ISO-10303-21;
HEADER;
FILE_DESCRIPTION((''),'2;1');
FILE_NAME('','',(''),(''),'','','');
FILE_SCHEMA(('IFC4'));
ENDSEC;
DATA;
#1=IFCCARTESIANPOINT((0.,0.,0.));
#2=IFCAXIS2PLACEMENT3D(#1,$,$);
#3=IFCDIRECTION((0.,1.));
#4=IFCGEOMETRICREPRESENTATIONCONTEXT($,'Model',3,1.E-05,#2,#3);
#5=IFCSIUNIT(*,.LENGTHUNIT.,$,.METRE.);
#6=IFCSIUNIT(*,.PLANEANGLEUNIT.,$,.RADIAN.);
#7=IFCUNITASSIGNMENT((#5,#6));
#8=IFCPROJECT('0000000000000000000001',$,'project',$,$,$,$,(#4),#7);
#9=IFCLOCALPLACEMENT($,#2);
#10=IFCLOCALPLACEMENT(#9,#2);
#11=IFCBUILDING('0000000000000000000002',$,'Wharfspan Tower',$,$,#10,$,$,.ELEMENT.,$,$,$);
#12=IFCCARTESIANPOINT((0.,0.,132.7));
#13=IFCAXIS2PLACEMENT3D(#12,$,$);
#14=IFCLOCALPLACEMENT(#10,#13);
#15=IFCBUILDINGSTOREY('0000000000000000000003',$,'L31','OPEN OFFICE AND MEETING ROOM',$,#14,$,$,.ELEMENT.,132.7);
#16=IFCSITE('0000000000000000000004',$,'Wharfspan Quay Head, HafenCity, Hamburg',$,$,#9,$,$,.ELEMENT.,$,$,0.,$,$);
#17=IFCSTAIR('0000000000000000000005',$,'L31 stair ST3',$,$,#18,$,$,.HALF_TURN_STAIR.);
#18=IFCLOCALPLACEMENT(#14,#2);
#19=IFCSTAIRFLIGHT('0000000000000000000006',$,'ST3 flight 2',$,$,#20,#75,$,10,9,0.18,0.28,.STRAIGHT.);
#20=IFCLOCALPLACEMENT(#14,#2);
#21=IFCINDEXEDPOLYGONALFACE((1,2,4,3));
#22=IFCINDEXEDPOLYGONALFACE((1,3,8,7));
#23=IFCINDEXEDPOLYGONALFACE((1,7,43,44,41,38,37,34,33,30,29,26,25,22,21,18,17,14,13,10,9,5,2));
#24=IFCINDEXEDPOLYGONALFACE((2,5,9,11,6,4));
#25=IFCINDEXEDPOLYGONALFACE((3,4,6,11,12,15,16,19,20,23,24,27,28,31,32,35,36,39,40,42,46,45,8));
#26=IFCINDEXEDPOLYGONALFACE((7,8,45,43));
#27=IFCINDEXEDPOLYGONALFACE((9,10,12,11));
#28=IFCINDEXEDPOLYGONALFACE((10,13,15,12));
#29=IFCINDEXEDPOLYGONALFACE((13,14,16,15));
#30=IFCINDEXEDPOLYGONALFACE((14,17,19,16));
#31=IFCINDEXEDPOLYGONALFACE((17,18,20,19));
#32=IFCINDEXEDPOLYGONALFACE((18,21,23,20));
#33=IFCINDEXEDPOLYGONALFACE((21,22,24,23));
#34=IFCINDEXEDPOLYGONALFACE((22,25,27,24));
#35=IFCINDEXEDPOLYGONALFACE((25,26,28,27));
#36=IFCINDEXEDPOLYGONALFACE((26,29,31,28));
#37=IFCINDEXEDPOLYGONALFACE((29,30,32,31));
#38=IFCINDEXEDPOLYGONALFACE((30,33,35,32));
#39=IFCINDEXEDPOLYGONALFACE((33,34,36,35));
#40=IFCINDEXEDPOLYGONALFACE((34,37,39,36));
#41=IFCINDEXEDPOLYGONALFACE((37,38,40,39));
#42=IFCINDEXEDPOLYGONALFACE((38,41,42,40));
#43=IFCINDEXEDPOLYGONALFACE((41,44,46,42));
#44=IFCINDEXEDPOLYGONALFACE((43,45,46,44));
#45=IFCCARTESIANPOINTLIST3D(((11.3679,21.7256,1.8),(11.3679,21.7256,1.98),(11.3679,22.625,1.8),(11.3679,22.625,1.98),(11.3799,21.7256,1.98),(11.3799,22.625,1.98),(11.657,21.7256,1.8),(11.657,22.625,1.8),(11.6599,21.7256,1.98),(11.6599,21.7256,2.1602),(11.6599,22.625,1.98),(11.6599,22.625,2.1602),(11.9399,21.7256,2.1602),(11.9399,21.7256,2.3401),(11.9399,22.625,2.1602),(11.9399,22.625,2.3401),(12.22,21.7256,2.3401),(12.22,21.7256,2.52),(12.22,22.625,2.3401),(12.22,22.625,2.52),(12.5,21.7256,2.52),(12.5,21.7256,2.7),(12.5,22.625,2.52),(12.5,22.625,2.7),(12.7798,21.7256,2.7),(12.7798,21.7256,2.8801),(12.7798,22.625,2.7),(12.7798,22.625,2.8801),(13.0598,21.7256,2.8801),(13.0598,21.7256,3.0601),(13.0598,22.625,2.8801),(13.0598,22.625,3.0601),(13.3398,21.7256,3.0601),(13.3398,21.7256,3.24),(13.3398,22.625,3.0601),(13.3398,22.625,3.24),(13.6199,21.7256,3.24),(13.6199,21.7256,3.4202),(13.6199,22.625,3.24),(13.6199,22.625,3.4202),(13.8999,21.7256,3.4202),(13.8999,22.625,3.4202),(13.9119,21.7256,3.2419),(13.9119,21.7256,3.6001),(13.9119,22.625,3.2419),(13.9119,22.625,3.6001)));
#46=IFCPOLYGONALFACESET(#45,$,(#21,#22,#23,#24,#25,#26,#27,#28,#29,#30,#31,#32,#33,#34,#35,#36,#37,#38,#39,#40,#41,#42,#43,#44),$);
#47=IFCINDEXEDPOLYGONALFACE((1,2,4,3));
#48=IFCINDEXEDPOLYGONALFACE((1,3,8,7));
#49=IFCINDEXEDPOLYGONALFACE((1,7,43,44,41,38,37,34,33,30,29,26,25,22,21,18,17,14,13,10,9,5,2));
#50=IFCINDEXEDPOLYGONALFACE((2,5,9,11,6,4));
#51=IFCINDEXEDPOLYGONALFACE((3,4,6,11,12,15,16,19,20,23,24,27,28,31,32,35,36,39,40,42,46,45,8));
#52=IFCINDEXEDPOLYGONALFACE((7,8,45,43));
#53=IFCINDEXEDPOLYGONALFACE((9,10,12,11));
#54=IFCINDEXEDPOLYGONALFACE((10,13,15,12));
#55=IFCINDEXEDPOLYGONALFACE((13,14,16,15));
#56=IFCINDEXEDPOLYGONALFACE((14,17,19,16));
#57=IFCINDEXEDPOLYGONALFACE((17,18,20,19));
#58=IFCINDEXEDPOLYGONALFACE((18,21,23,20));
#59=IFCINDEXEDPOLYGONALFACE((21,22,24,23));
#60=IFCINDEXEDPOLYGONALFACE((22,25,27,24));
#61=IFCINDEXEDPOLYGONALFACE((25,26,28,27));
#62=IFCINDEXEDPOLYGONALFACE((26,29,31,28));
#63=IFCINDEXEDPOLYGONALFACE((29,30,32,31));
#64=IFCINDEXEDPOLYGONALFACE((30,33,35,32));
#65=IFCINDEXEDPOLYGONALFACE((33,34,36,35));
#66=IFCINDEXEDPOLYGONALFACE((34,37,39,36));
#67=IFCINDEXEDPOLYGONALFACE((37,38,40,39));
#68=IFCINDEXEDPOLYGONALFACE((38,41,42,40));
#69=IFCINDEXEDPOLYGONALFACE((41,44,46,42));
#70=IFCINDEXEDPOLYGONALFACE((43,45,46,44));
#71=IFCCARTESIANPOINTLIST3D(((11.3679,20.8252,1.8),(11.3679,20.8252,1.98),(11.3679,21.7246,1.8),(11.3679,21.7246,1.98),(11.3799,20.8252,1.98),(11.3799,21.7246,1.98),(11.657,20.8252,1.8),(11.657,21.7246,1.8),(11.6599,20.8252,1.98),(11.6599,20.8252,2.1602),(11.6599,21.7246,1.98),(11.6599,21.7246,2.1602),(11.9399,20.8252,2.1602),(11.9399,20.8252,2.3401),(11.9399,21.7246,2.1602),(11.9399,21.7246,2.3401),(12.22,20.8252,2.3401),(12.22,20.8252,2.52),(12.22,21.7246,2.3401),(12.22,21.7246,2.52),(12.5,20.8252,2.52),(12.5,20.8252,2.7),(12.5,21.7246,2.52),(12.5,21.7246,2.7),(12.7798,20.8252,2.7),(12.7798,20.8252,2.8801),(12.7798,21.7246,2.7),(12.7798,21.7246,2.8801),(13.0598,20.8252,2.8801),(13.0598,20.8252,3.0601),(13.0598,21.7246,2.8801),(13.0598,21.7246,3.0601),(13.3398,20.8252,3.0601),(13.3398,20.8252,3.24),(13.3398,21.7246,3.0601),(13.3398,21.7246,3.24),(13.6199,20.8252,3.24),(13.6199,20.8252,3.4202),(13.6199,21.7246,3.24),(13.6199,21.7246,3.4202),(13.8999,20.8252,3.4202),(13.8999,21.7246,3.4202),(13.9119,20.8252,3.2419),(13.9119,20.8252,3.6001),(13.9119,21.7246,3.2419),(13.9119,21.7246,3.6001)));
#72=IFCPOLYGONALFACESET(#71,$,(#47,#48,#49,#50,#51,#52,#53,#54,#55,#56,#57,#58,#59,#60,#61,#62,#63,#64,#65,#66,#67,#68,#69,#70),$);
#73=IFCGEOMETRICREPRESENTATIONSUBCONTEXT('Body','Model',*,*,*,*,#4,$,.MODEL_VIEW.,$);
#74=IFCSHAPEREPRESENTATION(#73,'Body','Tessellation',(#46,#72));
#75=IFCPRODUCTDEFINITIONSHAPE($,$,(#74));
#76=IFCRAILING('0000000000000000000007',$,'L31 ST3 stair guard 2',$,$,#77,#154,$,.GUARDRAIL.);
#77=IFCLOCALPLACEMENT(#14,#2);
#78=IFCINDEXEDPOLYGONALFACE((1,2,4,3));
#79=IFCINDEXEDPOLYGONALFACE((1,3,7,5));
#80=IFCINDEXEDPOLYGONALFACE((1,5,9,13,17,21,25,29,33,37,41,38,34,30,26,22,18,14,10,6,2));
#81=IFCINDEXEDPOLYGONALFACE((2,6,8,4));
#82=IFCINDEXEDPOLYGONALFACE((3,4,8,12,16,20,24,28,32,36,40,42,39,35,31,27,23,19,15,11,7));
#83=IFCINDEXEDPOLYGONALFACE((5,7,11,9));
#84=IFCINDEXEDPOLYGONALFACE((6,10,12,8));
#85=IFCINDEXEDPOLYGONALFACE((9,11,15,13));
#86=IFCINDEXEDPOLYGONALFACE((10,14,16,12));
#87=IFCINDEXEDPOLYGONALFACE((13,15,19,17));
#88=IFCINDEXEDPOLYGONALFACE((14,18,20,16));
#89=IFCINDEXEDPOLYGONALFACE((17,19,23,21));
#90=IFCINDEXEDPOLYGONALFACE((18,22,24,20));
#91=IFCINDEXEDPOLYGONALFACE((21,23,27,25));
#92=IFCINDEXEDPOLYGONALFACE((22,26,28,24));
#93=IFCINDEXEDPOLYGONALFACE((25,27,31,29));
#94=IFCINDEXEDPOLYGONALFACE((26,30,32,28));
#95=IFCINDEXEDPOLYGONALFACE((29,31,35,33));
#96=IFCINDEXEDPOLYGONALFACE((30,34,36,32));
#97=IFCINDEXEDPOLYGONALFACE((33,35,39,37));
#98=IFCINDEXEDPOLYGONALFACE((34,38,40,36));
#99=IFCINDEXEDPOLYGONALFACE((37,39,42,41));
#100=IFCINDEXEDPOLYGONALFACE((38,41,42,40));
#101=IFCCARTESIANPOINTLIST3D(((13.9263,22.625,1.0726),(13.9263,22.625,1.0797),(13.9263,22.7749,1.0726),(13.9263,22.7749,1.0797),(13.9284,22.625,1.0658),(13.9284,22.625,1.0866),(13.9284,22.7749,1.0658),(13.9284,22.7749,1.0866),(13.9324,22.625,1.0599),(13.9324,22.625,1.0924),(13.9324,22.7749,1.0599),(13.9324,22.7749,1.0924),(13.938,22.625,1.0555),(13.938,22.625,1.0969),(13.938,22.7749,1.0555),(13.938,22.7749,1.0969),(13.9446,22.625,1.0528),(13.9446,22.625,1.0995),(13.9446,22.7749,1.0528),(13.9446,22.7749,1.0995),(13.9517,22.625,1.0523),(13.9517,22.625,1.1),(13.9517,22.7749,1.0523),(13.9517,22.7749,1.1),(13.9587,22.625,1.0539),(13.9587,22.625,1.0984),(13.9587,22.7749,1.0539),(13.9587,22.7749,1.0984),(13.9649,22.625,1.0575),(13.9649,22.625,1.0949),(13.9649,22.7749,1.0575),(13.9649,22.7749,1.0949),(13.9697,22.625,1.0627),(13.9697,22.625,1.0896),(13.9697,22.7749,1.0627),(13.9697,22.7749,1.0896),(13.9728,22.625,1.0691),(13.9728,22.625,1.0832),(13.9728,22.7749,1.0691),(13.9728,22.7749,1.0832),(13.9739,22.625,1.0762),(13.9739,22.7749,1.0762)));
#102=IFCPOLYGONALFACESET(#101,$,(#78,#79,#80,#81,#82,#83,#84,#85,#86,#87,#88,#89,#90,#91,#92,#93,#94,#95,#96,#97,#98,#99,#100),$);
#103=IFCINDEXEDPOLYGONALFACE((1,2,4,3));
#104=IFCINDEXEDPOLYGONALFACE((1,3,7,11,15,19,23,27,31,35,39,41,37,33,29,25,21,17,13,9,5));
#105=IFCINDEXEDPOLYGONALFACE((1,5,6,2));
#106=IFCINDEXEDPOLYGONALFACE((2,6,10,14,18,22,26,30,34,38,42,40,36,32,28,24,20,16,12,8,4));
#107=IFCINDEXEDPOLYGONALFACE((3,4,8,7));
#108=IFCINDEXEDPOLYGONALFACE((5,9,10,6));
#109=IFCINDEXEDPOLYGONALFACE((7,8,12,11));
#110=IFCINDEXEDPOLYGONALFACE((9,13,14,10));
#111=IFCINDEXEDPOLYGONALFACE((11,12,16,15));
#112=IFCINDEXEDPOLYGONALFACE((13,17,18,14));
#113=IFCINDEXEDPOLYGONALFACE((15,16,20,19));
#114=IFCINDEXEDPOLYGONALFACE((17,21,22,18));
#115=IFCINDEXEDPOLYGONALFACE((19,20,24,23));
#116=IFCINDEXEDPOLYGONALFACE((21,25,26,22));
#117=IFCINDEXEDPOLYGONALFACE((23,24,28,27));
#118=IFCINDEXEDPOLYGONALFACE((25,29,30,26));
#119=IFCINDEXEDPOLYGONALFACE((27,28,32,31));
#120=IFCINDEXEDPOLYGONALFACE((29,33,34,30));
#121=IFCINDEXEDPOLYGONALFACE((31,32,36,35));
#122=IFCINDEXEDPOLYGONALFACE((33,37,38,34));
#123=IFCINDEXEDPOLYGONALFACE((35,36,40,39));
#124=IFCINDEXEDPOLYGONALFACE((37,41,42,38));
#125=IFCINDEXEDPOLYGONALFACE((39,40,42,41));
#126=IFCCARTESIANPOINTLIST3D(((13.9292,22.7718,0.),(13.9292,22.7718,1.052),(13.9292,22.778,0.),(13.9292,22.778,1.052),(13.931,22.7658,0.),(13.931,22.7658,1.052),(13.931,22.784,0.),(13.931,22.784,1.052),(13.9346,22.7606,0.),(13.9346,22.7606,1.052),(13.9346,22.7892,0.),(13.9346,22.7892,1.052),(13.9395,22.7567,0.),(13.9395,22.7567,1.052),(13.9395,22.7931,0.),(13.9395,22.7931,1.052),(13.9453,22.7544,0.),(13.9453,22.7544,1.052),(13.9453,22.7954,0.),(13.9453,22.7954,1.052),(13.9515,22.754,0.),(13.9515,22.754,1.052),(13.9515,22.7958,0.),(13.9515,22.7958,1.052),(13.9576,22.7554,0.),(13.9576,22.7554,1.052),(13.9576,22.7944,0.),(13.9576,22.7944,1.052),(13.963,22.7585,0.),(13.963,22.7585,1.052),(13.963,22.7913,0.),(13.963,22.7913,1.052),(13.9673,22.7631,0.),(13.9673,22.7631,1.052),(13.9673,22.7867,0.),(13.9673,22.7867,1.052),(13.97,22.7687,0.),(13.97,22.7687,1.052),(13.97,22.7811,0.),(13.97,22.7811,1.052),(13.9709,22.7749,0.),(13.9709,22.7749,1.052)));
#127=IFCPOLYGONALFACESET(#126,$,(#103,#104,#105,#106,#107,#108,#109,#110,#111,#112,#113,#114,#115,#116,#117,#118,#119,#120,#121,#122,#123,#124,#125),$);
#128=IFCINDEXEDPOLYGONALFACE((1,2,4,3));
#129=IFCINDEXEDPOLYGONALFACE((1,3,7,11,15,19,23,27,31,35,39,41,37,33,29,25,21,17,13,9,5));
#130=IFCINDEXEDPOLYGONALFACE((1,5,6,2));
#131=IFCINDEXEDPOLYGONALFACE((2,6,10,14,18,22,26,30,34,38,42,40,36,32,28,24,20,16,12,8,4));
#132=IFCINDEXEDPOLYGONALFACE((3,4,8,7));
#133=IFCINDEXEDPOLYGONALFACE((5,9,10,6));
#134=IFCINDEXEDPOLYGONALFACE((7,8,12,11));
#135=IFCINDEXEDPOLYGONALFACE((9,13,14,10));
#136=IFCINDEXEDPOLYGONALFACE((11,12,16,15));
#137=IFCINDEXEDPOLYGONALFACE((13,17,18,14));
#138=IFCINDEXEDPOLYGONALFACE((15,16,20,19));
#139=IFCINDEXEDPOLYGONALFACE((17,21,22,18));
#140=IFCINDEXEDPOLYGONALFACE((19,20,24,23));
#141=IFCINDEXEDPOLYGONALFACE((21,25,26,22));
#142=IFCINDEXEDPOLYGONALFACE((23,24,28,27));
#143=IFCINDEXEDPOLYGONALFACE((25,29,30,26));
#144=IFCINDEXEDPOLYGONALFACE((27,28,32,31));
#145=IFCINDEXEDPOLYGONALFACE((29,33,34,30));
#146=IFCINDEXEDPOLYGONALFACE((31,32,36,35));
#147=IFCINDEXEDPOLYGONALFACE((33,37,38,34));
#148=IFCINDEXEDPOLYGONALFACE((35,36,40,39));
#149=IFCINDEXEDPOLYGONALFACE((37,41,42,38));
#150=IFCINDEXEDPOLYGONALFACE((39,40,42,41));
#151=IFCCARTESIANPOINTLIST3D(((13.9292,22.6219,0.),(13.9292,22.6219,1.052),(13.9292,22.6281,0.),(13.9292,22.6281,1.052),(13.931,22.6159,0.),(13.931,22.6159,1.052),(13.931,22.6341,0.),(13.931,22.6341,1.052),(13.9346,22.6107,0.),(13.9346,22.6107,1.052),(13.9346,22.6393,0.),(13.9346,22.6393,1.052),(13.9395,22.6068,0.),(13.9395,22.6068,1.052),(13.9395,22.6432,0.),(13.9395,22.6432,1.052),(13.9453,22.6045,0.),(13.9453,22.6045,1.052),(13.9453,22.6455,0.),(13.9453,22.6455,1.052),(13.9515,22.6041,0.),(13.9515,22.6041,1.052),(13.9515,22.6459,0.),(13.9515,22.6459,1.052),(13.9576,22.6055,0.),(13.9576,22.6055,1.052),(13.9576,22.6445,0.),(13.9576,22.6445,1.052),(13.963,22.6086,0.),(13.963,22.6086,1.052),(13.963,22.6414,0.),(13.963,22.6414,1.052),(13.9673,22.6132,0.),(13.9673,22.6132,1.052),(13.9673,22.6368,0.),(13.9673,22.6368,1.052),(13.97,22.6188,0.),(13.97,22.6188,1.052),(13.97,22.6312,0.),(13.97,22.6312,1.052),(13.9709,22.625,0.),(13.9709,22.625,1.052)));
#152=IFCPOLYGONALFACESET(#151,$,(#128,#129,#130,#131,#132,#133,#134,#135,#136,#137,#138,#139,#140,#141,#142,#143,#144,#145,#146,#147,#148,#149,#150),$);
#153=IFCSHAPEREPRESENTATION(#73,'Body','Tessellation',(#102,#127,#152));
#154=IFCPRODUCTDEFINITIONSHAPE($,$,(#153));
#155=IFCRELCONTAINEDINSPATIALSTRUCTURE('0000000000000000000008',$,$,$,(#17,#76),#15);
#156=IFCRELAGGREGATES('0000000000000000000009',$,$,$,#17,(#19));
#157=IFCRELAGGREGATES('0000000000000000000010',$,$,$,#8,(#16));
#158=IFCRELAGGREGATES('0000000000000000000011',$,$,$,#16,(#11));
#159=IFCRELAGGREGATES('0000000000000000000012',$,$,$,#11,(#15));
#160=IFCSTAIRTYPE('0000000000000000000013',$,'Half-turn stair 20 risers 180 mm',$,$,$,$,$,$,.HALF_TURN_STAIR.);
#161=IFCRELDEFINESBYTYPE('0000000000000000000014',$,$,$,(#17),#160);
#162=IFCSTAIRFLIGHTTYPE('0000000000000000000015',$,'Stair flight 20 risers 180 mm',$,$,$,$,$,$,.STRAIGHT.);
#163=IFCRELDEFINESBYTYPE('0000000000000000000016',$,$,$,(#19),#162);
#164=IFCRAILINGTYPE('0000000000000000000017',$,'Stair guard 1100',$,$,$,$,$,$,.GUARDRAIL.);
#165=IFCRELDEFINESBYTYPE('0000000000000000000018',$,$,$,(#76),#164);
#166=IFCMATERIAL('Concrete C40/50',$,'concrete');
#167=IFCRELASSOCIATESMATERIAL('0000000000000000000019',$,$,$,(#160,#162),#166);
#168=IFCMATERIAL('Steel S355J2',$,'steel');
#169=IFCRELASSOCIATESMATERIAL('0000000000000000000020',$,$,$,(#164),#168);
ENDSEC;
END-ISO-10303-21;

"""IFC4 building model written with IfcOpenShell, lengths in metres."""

from ifc_helpers import new_model, si_unit, direction, frame, origin, origin_2d, place, context, subcontext, project, spatial, polyline, circle, outline, extrude, material, type_object, element, aggregate, save


model = new_model("IFC4")

# Units and contexts
model_context = context("Model", 3, precision=1e-05, world=origin(), true_north=direction((0.0, 1.0)))
body_context = subcontext(model_context, "Body", "Model", "MODEL_VIEW")
ifc_project = project(units=[si_unit("LENGTHUNIT", "METRE"), si_unit("PLANEANGLEUNIT", "RADIAN")], contexts=[model_context])

# Site, building, storey
site_placement = place(None, origin())
site = spatial("IfcSite", under=ifc_project, at=site_placement, Name="Wharfspan Quay Head, HafenCity, Hamburg", CompositionType="ELEMENT", RefElevation=0.0)
building_placement = place(site_placement, origin())
building = spatial("IfcBuilding", under=site, at=building_placement, Name="Wharfspan Tower", CompositionType="ELEMENT")
storey_placement = place(building_placement, frame((0.0, 0.0, 132.7)))
storey = spatial("IfcBuildingStorey", under=building, at=storey_placement, Name="L31", Description="OPEN OFFICE AND MEETING ROOM", CompositionType="ELEMENT", Elevation=132.7)

# Shared definitions
ifc_material_1 = material(Name="Steel S355J2", Category="steel")

# Shared definitions
ifc_material_2 = material(Name="Concrete C40/50", Category="concrete")

# Stair, stair flight
stair_type = type_object("IfcStairType", Name="Half-turn stair 20 risers 180 mm", PredefinedType="HALF_TURN_STAIR", material=ifc_material_2)
stair_placement = place(storey_placement, origin())
stair = element("IfcStair", 1, at=stair_placement, inside=storey, type_object=stair_type, Name="L31 stair ST3", PredefinedType="HALF_TURN_STAIR")
stair_flight_type = type_object("IfcStairFlightType", Name="Stair flight 20 risers 180 mm", PredefinedType="STRAIGHT", material=ifc_material_2)
stair_flight_1_placement = place(storey_placement, frame((11.3799, 21.7251, 1.8), z_axis=(0.0, 0.0, 1.0), x_axis=(1.0, 0.0, 0.0)))
stair_flight_1 = element("IfcStairFlight", 2, at=stair_flight_1_placement, type_object=stair_flight_type, Name="ST3 flight 2", NumberOfRisers=10, NumberOfTreads=9, PredefinedType="STRAIGHT", RiserHeight=0.18, TreadLength=0.28, context=body_context, shape_type="SweptSolid", body=[
    extrude(outline(polyline([(-0.012, 0.0), (-0.012, 0.1799), (0.0, 0.1799), (0.28, 0.1799), (0.28, 0.3601), (0.5601, 0.3601), (0.5601, 0.54), (0.8401, 0.54), (0.8401, 0.72), (1.1201, 0.72), (1.1201, 0.8999), (1.3999, 0.8999), (1.3999, 1.0801), (1.6799, 1.0801), (1.6799, 1.26), (1.96, 1.26), (1.96, 1.4399), (2.24, 1.4399), (2.24, 1.6201), (2.52, 1.6201), (2.532, 1.8), (2.532, 1.4419), (0.2771, 0.0), (-0.012, 0.0)])), frame((0.0, 0.8999, 0.0), z_axis=(0.0, -1.0, 0.0), x_axis=(1.0, 0.0, 0.0)), (0.0, 0.0, 1.0), 0.8994),
    extrude(outline(polyline([(-0.012, 0.0), (-0.012, 0.1799), (0.0, 0.1799), (0.28, 0.1799), (0.28, 0.3601), (0.5601, 0.3601), (0.5601, 0.54), (0.8401, 0.54), (0.8401, 0.72), (1.1201, 0.72), (1.1201, 0.8999), (1.3999, 0.8999), (1.3999, 1.0801), (1.6799, 1.0801), (1.6799, 1.26), (1.96, 1.26), (1.96, 1.4399), (2.24, 1.4399), (2.24, 1.6201), (2.52, 1.6201), (2.532, 1.8), (2.532, 1.4419), (0.2771, 0.0), (-0.012, 0.0)])), frame((0.0, -0.0005, 0.0), z_axis=(0.0, -1.0, 0.0), x_axis=(1.0, 0.0, 0.0)), (0.0, 0.0, 1.0), 0.8994),
])
aggregate(stair, [stair_flight_1])

# Railing
railing_type_1 = type_object("IfcRailingType", Name="Stair guard 1100", PredefinedType="GUARDRAIL", material=ifc_material_1)
railing_1_placement = place(storey_placement, frame((13.95, 22.7749, 0.0)))
element("IfcRailing", 3, at=railing_1_placement, inside=storey, type_object=railing_type_1, Name="L31 ST3 stair guard 2", PredefinedType="GUARDRAIL", context=body_context, shape_type="SweptSolid", body=[
    extrude(circle(Radius=0.0239, at=origin_2d()), frame((0.0, 0.0, 1.0762), z_axis=(0.0, -1.0, 0.0), x_axis=(1.0, 0.0, 0.0)), (0.0, 0.0, 1.0), 0.1499),
    extrude(circle(Radius=0.021, at=origin_2d()), origin(), (0.0, 0.0, 1.0), 1.052),
    extrude(circle(Radius=0.021, at=origin_2d()), frame((0.0, -0.1499, 0.0)), (0.0, 0.0, 1.0), 1.052),
])

save(model, "model.ifc")
